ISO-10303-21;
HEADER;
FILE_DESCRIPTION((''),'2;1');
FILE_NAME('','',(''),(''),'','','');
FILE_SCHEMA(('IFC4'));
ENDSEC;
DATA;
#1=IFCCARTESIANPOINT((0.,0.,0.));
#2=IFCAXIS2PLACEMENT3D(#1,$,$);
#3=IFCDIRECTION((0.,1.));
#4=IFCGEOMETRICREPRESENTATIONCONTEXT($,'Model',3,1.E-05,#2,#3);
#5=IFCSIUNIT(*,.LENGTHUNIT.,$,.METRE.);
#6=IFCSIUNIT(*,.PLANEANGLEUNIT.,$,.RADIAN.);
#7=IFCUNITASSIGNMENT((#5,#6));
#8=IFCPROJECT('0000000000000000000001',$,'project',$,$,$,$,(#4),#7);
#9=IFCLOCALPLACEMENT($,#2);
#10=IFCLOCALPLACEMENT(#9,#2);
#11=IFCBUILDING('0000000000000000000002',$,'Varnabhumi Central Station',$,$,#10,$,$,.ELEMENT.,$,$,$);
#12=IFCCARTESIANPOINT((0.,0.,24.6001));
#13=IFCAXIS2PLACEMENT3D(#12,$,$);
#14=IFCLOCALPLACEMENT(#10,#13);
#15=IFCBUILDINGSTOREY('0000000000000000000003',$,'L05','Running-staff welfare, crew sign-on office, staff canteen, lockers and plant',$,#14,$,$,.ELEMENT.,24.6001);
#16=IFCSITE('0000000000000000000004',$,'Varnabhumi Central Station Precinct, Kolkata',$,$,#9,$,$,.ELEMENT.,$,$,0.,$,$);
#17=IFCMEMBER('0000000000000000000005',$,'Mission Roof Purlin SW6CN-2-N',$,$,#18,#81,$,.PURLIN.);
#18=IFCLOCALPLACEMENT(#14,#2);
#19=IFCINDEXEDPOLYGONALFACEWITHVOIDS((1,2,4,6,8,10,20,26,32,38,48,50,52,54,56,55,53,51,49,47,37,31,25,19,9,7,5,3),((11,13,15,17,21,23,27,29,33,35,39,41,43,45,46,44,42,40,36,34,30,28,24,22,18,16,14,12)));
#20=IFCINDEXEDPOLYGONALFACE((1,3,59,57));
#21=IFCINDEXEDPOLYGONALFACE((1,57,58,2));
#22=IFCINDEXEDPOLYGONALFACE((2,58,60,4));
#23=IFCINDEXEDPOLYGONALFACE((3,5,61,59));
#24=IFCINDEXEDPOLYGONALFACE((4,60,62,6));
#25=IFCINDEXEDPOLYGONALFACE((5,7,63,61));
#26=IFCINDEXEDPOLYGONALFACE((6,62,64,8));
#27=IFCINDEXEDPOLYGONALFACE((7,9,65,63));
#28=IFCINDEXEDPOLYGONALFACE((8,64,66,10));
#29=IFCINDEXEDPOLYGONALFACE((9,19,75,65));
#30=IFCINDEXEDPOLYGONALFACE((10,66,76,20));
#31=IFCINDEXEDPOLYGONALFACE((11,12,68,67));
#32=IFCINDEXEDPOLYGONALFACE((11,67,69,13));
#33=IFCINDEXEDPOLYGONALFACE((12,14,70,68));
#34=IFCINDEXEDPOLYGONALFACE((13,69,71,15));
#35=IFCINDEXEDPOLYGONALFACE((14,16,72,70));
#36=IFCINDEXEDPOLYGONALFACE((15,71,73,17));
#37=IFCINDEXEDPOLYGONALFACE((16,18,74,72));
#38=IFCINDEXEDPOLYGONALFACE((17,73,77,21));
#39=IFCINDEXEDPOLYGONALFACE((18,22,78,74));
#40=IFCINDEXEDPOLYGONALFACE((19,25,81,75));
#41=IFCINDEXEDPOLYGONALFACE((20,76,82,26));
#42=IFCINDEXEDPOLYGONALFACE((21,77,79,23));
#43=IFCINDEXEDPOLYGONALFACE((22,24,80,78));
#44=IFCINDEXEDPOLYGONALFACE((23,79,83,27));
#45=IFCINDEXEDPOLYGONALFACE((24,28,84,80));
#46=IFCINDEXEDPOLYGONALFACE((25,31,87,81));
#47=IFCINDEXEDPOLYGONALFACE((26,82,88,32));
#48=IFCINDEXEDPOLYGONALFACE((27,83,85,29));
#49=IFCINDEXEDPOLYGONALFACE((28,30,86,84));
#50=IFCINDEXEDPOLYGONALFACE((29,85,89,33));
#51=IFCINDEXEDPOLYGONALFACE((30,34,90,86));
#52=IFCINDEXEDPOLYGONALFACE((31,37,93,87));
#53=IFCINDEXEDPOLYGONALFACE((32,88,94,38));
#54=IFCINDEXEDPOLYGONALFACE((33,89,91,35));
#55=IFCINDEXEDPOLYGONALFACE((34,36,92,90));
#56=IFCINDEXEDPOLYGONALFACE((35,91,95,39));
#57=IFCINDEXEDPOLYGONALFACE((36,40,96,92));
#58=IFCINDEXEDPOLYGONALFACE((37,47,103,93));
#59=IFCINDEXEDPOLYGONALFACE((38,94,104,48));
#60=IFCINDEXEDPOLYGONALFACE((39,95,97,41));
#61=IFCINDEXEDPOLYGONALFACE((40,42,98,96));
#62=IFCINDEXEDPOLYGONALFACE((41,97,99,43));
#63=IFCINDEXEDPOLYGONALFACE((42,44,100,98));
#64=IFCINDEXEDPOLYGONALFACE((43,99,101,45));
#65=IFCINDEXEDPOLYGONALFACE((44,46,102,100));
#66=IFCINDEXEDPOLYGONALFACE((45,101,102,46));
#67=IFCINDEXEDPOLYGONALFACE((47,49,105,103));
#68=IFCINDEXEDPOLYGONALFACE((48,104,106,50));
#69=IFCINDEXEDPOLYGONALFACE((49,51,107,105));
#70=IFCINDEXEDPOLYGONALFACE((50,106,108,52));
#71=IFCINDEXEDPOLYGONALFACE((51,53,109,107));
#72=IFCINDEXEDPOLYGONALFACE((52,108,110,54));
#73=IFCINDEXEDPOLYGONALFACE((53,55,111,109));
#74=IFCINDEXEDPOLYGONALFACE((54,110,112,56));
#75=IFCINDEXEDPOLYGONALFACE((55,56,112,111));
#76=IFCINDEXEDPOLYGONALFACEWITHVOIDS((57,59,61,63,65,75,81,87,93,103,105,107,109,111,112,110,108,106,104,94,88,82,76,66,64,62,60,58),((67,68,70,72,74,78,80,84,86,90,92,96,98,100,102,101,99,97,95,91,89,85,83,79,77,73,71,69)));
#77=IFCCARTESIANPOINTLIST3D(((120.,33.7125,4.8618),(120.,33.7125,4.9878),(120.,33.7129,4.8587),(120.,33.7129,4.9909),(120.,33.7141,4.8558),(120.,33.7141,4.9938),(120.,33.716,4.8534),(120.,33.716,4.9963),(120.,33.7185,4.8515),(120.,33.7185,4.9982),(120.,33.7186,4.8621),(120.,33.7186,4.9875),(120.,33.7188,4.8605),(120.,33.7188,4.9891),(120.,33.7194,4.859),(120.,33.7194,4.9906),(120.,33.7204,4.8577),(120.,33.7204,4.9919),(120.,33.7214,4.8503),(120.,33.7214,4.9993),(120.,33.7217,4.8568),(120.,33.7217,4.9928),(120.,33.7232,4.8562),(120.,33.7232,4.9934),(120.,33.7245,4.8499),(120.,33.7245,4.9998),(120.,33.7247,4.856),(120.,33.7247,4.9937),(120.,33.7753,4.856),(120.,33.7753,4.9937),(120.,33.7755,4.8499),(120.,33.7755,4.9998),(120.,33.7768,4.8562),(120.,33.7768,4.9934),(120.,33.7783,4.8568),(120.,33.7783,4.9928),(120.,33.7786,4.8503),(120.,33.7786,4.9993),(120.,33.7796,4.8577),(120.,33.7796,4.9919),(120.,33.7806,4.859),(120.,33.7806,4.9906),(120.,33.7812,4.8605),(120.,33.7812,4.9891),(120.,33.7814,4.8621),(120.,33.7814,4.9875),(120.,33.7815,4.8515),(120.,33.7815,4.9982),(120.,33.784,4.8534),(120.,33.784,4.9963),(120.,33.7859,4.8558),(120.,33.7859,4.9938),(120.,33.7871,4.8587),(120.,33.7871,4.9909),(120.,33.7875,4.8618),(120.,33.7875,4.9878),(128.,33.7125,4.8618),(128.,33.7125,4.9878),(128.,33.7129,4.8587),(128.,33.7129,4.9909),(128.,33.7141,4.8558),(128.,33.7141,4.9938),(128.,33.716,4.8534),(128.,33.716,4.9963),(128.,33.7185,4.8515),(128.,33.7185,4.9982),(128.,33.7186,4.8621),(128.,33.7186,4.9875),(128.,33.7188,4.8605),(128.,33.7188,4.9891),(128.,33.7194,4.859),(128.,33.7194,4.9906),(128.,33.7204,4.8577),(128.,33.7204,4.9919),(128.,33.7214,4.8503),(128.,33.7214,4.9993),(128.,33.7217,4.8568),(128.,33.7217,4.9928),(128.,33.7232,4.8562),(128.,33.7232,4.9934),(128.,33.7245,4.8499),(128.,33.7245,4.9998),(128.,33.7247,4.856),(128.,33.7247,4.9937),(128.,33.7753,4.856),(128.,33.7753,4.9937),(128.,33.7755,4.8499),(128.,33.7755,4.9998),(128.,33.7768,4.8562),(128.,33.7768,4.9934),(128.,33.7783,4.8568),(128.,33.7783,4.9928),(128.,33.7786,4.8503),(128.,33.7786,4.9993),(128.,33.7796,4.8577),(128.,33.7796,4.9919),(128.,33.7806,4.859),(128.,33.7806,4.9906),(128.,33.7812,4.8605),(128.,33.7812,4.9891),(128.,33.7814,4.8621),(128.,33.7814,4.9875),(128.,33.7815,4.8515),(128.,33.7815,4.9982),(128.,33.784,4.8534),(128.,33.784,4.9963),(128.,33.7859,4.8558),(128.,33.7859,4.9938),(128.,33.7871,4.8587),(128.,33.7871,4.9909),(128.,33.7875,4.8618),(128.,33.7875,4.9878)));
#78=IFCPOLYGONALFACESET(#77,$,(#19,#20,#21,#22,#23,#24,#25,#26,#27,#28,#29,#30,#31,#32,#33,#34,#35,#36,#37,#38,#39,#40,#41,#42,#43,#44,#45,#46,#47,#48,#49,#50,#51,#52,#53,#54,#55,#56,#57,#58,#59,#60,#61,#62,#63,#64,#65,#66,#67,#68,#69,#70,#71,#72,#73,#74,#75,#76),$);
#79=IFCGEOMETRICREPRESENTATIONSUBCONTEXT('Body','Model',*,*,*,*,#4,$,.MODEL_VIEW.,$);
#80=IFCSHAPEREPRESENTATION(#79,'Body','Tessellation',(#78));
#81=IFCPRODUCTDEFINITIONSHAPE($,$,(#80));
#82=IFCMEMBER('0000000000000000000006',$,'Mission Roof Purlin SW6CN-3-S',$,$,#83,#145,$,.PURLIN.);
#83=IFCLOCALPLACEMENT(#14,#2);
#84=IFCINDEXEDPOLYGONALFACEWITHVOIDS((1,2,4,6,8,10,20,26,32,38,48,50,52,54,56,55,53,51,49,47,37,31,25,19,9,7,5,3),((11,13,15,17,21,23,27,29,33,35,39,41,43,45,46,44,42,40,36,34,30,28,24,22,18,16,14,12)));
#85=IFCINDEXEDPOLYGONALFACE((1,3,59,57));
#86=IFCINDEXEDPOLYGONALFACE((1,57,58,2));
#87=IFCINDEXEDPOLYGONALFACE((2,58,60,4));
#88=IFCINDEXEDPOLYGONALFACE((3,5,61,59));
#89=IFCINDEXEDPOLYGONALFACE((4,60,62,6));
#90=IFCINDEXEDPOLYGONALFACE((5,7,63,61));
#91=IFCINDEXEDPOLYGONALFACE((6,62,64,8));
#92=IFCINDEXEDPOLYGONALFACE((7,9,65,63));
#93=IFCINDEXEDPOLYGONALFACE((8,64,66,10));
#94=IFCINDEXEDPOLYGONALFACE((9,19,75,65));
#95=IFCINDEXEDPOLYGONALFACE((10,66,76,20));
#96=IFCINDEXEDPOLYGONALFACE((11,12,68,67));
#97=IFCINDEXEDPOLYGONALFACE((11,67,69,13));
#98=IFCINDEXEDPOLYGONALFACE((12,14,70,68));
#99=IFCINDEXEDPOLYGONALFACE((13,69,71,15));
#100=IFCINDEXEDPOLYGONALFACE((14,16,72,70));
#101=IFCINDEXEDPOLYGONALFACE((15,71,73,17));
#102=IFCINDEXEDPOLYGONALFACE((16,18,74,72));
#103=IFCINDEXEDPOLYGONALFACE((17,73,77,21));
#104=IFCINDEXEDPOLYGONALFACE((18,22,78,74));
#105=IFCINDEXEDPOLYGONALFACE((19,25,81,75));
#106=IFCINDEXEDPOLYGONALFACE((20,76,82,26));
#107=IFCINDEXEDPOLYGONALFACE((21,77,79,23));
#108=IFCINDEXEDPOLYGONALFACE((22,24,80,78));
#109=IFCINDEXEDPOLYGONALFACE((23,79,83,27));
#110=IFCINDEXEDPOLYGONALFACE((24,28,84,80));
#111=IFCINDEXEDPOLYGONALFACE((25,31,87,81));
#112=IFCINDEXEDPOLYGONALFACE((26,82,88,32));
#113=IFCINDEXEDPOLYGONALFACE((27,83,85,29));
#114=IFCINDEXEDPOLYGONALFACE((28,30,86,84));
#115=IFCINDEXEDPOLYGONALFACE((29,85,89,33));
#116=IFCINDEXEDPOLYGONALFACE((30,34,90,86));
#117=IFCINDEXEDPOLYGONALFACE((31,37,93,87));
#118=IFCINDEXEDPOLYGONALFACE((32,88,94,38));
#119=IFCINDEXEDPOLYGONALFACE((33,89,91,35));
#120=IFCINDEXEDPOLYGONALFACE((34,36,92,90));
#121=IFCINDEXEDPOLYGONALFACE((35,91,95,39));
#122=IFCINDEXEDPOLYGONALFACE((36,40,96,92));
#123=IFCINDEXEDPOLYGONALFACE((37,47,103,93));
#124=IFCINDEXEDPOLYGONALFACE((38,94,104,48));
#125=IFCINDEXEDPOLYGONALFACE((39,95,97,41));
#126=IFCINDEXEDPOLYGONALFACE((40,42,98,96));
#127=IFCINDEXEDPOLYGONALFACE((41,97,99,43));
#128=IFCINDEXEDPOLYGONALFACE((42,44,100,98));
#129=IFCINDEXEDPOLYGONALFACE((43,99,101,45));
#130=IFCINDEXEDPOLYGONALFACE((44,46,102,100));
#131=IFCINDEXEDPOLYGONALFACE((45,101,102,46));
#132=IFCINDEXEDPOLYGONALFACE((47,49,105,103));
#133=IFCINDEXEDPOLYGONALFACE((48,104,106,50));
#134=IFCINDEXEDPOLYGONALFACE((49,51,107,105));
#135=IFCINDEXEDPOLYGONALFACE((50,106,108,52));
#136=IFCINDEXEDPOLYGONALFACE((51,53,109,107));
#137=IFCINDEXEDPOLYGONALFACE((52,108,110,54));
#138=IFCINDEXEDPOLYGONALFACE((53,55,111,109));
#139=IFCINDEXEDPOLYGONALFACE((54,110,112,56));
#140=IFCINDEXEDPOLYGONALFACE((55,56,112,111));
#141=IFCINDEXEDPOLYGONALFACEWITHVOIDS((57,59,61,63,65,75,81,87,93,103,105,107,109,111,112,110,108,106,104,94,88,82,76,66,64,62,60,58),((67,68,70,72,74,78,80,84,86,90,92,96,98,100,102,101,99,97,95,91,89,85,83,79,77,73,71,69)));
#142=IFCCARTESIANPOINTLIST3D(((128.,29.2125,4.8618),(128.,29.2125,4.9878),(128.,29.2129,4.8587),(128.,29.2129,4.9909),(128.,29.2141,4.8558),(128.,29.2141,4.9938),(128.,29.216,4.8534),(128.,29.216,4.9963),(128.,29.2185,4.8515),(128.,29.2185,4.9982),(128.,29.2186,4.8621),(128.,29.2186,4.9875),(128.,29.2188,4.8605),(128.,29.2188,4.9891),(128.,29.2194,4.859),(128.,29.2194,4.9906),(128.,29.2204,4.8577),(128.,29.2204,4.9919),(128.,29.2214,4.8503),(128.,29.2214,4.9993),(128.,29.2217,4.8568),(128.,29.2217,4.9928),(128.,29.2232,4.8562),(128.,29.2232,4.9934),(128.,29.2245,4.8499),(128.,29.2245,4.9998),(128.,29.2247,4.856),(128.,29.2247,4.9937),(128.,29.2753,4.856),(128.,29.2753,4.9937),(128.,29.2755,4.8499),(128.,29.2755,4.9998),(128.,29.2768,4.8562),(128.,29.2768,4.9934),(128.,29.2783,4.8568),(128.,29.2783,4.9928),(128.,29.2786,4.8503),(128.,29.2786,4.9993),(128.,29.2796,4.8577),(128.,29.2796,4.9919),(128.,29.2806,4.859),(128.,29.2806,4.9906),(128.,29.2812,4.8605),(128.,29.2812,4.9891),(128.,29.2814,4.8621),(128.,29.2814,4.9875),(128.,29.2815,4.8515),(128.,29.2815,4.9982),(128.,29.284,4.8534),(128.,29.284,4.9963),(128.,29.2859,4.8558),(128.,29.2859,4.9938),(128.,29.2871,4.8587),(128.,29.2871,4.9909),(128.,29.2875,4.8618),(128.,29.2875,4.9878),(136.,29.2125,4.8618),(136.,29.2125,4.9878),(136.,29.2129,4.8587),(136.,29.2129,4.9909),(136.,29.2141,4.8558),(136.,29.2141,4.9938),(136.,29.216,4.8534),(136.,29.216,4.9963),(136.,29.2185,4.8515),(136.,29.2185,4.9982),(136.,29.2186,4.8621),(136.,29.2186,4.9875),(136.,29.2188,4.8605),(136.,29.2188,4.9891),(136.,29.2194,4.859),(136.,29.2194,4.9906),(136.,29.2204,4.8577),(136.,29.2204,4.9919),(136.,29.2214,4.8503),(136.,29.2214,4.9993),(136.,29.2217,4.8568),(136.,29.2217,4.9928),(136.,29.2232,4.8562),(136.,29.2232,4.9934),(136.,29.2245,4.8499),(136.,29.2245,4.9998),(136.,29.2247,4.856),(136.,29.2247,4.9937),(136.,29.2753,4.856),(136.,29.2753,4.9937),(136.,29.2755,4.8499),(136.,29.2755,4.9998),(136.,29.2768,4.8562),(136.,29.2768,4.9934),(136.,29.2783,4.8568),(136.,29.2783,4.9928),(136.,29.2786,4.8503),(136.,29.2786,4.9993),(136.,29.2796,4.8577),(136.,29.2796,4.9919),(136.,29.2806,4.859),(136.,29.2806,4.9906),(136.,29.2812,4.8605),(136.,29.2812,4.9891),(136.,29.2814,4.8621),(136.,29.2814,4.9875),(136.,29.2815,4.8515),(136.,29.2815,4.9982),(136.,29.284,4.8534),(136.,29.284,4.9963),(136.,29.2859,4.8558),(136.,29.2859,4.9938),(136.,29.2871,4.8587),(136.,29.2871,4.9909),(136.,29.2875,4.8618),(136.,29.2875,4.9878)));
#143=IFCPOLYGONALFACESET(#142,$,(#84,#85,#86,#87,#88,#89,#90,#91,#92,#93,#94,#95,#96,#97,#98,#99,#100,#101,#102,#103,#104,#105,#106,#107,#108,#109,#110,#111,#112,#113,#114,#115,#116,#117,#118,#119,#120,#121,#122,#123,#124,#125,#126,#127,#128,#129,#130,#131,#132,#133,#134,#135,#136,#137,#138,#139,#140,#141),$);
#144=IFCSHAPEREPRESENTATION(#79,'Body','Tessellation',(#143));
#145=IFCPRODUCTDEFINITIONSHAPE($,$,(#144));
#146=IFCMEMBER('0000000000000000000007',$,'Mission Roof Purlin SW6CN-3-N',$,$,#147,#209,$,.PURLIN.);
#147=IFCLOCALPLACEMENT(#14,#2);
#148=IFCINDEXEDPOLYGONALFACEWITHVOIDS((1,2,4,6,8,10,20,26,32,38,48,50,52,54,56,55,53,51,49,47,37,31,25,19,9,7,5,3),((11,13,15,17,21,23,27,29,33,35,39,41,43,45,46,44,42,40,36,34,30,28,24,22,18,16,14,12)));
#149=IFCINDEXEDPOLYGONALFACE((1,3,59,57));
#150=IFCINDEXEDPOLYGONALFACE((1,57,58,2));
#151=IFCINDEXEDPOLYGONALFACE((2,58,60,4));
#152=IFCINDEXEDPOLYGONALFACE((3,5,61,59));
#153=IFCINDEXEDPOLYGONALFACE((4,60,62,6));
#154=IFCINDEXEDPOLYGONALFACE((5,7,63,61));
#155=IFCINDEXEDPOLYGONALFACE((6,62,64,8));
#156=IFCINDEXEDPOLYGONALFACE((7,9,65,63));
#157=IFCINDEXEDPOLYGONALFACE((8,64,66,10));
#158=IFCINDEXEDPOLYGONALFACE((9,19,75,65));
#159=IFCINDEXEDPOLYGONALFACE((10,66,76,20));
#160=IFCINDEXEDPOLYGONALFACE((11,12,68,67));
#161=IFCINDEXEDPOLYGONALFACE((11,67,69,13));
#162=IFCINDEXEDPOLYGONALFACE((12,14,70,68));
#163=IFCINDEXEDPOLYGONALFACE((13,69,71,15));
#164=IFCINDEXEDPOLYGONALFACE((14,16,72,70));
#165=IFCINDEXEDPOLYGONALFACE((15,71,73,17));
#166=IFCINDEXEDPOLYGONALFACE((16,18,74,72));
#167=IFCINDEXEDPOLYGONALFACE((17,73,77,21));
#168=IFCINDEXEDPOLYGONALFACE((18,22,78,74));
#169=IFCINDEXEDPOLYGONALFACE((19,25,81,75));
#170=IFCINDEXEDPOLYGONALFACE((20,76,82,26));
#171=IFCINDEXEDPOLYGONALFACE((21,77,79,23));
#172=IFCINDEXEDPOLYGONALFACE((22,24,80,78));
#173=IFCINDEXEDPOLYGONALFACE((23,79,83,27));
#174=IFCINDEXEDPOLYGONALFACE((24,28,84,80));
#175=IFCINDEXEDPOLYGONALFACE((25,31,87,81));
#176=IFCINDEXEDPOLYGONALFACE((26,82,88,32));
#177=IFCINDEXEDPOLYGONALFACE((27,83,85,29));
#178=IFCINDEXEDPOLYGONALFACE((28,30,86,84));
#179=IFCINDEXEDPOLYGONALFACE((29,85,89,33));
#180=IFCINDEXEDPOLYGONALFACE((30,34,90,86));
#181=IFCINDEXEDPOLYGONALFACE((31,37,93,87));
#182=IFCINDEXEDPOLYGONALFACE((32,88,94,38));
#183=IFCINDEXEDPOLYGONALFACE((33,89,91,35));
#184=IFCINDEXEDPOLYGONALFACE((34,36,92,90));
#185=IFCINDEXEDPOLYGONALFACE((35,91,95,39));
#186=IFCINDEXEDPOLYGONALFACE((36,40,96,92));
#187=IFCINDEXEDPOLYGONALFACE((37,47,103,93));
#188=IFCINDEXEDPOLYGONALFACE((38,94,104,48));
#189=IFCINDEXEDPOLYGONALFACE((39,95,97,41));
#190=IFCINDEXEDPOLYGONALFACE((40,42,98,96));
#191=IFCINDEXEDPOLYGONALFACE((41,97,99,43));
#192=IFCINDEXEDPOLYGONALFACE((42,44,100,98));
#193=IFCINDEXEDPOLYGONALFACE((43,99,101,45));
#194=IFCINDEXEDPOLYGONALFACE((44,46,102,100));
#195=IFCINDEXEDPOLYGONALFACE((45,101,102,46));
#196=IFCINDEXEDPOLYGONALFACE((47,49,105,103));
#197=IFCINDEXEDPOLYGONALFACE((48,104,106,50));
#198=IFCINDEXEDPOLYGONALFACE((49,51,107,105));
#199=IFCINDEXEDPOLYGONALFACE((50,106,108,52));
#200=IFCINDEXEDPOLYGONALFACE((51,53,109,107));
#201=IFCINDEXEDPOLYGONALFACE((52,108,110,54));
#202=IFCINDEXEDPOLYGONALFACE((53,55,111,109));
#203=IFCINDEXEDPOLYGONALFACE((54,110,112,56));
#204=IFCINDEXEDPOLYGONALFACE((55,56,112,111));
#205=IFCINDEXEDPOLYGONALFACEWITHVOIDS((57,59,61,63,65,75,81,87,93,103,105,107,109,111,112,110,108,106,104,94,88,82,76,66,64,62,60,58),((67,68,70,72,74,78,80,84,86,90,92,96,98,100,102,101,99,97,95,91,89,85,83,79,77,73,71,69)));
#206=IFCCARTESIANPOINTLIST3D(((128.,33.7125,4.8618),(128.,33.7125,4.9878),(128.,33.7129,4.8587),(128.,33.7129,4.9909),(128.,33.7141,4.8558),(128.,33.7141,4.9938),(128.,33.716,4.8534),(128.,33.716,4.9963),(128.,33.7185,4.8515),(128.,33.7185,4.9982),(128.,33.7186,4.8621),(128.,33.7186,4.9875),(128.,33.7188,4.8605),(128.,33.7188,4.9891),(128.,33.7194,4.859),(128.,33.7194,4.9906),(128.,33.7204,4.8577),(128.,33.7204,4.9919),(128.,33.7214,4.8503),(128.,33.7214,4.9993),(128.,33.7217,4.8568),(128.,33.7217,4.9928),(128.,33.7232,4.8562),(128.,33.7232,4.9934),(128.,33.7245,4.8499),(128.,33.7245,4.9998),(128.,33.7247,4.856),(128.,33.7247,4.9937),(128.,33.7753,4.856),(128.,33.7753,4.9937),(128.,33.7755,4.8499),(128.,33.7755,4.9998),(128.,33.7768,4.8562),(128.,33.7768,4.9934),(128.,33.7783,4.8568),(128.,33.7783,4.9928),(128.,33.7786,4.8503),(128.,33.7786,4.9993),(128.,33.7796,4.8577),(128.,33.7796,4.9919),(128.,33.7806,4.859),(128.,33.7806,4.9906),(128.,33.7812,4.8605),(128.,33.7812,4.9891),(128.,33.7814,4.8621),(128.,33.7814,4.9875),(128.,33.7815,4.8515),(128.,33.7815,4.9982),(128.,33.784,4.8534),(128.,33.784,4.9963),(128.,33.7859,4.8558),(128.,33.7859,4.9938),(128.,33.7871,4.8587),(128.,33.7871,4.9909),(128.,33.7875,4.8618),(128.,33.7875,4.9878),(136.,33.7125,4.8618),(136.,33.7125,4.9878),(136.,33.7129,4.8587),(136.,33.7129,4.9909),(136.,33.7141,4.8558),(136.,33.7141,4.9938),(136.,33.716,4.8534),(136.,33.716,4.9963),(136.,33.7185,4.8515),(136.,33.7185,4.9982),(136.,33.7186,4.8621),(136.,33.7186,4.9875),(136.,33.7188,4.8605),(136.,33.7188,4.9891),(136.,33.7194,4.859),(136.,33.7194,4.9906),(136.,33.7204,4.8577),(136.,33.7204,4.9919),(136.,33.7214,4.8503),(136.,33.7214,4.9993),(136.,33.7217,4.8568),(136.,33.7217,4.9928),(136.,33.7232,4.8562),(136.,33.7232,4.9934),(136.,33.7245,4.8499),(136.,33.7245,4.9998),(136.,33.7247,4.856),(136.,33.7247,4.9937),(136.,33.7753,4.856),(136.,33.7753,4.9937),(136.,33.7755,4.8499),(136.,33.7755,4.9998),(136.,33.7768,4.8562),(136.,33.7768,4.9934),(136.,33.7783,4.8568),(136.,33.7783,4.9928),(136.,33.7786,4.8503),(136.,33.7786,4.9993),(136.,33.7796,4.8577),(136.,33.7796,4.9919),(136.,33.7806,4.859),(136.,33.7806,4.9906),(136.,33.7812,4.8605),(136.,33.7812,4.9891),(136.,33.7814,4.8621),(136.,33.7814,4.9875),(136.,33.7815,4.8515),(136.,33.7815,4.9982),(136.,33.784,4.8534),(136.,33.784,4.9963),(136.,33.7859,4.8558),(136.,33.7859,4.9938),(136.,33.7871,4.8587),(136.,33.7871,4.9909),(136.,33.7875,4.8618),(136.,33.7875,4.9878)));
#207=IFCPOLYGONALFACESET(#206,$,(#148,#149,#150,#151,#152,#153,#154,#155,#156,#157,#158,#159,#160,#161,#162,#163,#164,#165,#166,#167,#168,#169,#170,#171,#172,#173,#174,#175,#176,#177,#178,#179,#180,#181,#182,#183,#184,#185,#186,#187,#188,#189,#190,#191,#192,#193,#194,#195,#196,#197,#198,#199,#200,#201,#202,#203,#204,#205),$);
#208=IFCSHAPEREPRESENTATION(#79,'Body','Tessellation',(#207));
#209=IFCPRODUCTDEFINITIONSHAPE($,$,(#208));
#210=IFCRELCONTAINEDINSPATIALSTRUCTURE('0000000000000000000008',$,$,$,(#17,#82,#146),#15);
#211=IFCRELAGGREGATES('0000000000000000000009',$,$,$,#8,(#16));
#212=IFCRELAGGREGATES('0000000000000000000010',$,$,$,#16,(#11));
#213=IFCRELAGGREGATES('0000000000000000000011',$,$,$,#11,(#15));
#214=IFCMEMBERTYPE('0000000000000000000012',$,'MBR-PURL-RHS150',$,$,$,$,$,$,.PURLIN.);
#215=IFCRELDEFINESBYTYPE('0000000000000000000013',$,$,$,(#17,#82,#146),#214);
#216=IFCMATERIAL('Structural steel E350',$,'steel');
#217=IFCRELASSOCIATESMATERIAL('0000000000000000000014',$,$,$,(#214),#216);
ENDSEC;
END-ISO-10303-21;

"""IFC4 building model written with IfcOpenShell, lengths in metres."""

from ifc_helpers import new_model, si_unit, direction, frame, origin, origin_2d, place, context, subcontext, project, spatial, hollow_rectangle, extrude, material, material_profile, profile_set, type_object, element, save


model = new_model("IFC4")

# Units and contexts
model_context = context("Model", 3, precision=1e-05, world=origin(), true_north=direction((0.0, 1.0)))
body_context = subcontext(model_context, "Body", "Model", "MODEL_VIEW")
ifc_project = project(units=[si_unit("LENGTHUNIT", "METRE"), si_unit("PLANEANGLEUNIT", "RADIAN")], contexts=[model_context])

# Site, building, storey
site_placement = place(None, origin())
site = spatial("IfcSite", under=ifc_project, at=site_placement, Name="Varnabhumi Central Station Precinct, Kolkata", CompositionType="ELEMENT", RefElevation=0.0)
building_placement = place(site_placement, origin())
building = spatial("IfcBuilding", under=site, at=building_placement, Name="Varnabhumi Central Station", CompositionType="ELEMENT")
storey_placement = place(building_placement, frame((0.0, 0.0, 24.6001)))
storey = spatial("IfcBuildingStorey", under=building, at=storey_placement, Name="L05", Description="Running-staff welfare, crew sign-on office, staff canteen, lockers and plant", CompositionType="ELEMENT", Elevation=24.6001)

# Shared definitions
ifc_material_1 = material(Name="Structural steel E350", Category="steel")

# Members
ifc_material_profile_1 = material_profile(ifc_material_1, hollow_rectangle(XDim=0.075, YDim=0.1499, WallThickness=0.0061, InnerFilletRadius=0.0061, OuterFilletRadius=0.012, at=origin_2d()), Name="Structural steel E350", Category="steel")
ifc_profile_set_1 = profile_set([ifc_material_profile_1], Name="Structural steel E350")
member_type_1 = type_object("IfcMemberType", Name="MBR-PURL-RHS150", PredefinedType="PURLIN", material=ifc_profile_set_1)
for number, where, z_axis, x_axis, name in (
    (1, (120.0, 33.75, 4.9248), (1.0, 0.0, 0.0), (0.0, 1.0, 0.0), "Mission Roof Purlin SW6CN-2-N"),
    (2, (128.0, 29.25, 4.9248), (1.0, 0.0, 0.0), (0.0, 1.0, 0.0), "Mission Roof Purlin SW6CN-3-S"),
    (3, (128.0, 33.75, 4.9248), (1.0, 0.0, 0.0), (0.0, 1.0, 0.0), "Mission Roof Purlin SW6CN-3-N"),
):
    element("IfcMember", number, at=place(storey_placement, frame(where, z_axis=z_axis, x_axis=x_axis)), inside=storey, type_object=member_type_1, Name=name, PredefinedType="PURLIN", context=body_context, shape_type="SweptSolid", body=[
        extrude(hollow_rectangle(XDim=0.075, YDim=0.1499, WallThickness=0.0061, InnerFilletRadius=0.0061, OuterFilletRadius=0.012, at=origin_2d()), origin(), (0.0, 0.0, 1.0), 8.0),
    ])

save(model, "model.ifc")
